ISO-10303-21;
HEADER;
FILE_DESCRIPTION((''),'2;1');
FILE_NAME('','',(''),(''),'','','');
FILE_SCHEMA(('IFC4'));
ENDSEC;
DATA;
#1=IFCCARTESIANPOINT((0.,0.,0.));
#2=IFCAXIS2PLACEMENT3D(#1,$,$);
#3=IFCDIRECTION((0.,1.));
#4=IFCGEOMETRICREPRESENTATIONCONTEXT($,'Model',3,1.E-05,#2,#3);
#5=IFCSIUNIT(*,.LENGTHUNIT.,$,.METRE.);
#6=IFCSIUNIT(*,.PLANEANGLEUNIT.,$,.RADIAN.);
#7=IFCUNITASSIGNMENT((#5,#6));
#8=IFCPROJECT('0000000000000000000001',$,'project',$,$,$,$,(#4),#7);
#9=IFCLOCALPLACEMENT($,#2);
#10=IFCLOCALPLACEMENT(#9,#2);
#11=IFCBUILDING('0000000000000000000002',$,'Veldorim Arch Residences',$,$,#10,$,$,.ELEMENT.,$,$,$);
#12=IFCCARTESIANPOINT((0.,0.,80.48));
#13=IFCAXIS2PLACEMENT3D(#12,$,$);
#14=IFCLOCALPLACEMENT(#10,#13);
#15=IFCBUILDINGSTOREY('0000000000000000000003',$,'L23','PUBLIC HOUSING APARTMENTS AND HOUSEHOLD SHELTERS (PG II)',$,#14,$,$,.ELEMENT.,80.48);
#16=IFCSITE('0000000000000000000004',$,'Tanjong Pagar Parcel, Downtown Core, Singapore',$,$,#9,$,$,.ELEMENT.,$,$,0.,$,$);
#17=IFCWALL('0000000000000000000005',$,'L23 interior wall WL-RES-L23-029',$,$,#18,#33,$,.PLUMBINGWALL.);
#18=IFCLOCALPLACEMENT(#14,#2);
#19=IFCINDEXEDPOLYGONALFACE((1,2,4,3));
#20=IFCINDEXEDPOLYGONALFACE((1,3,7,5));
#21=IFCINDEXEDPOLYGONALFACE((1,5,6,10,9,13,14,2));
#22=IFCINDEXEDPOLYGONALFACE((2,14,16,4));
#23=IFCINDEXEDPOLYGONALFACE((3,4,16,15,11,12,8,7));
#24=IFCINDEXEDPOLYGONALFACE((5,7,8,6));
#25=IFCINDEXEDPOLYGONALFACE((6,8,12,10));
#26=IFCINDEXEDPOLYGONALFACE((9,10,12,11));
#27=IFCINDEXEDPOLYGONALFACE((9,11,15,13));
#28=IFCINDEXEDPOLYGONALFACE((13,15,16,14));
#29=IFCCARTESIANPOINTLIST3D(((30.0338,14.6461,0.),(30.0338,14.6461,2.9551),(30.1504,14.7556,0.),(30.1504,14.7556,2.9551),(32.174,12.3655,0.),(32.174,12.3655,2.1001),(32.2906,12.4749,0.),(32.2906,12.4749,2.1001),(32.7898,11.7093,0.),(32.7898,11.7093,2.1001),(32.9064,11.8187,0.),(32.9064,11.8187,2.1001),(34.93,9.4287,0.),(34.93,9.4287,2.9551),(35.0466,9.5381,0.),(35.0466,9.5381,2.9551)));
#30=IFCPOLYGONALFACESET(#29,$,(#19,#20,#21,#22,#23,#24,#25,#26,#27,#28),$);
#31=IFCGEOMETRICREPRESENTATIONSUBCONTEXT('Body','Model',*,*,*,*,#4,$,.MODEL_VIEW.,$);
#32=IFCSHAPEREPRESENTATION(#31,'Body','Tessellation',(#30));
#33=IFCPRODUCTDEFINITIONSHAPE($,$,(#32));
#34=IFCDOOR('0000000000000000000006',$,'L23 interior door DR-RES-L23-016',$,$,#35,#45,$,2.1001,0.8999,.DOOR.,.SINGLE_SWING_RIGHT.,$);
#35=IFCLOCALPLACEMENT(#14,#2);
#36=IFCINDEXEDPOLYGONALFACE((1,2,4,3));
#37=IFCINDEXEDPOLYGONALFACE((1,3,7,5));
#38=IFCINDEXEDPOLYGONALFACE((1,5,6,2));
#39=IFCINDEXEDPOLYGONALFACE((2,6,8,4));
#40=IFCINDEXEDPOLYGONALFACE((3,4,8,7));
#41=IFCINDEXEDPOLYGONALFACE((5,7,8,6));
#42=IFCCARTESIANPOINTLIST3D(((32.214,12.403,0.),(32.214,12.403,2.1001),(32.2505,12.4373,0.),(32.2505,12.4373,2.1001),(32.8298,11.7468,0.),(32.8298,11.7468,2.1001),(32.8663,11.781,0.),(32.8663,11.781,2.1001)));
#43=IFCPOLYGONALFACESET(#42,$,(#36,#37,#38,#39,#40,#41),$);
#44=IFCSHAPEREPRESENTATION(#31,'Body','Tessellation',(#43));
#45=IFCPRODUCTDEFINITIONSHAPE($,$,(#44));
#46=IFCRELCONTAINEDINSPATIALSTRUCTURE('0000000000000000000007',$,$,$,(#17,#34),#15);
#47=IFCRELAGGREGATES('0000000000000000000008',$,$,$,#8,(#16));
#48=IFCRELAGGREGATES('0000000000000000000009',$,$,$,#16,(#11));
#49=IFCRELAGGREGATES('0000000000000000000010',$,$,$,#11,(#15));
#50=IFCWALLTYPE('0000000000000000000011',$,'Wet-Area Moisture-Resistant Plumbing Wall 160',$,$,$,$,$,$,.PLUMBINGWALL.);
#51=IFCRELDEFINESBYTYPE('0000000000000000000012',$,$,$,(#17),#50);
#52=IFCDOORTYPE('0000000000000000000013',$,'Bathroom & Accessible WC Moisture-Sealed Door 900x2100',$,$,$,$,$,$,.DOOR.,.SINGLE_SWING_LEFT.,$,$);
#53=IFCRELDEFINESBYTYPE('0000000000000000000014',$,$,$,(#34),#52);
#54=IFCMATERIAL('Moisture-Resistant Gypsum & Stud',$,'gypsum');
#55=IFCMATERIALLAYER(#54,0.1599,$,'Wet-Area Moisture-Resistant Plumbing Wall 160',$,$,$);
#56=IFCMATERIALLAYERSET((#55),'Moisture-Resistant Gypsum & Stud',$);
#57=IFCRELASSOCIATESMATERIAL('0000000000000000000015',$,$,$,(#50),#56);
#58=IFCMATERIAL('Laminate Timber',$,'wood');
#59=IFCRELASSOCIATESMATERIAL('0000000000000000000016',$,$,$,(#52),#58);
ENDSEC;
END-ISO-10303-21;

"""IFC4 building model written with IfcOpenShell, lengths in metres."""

from ifc_helpers import new_model, si_unit, direction, frame, frame_2d, origin, place, context, subcontext, project, spatial, rectangle, extrude, material, layer, layer_set, type_object, element, fill, save


model = new_model("IFC4")

# Units and contexts
model_context = context("Model", 3, precision=1e-05, world=origin(), true_north=direction((0.0, 1.0)))
body_context = subcontext(model_context, "Body", "Model", "MODEL_VIEW")
ifc_project = project(units=[si_unit("LENGTHUNIT", "METRE"), si_unit("PLANEANGLEUNIT", "RADIAN")], contexts=[model_context])

# Site, building, storey
site_placement = place(None, origin())
site = spatial("IfcSite", under=ifc_project, at=site_placement, Name="Tanjong Pagar Parcel, Downtown Core, Singapore", CompositionType="ELEMENT", RefElevation=0.0)
building_placement = place(site_placement, origin())
building = spatial("IfcBuilding", under=site, at=building_placement, Name="Veldorim Arch Residences", CompositionType="ELEMENT")
storey_placement = place(building_placement, frame((0.0, 0.0, 80.48)))
storey = spatial("IfcBuildingStorey", under=building, at=storey_placement, Name="L23", Description="PUBLIC HOUSING APARTMENTS AND HOUSEHOLD SHELTERS (PG II)", CompositionType="ELEMENT", Elevation=80.48)

# Wall, opening, door
ifc_material_1 = material(Name="Moisture-Resistant Gypsum & Stud", Category="gypsum")
ifc_layer_1 = layer(ifc_material_1, 0.1599, Name="Wet-Area Moisture-Resistant Plumbing Wall 160")
ifc_layer_set_1 = layer_set([ifc_layer_1], Name="Moisture-Resistant Gypsum & Stud")
wall_type_1 = type_object("IfcWallType", Name="Wet-Area Moisture-Resistant Plumbing Wall 160", PredefinedType="PLUMBINGWALL", material=ifc_layer_set_1)
wall_1_placement = place(storey_placement, frame((30.092, 14.7009, 0.0), z_axis=(0.0, 0.0, 1.0), x_axis=(0.684299, -0.729202, 0.0)))
wall_1 = element("IfcWall", 1, at=wall_1_placement, inside=storey, type_object=wall_type_1, Name="L23 interior wall WL-RES-L23-029", PredefinedType="PLUMBINGWALL", context=body_context, shape_type="SweptSolid", body=[
    extrude(rectangle(XDim=7.155, YDim=0.1599, at=frame_2d((3.5776, 0.0))), origin(), (0.0, 0.0, 1.0), 2.9551),
])
opening_1_placement = place(wall_1_placement, frame((3.1277, 0.0, 0.0)))
opening_1 = element("IfcOpeningElement", 2, at=opening_1_placement, cuts=wall_1, PredefinedType="OPENING", context=body_context, shape_type="SweptSolid", body=[
    extrude(rectangle(XDim=0.8999, YDim=2.1001, at=frame_2d((0.45, 1.05))), frame((0.0, 0.0898, 0.0), z_axis=(0.0, -1.0, 0.0), x_axis=(1.0, 0.0, 0.0)), (0.0, 0.0, 1.0), 0.1799),
])
ifc_material_2 = material(Name="Laminate Timber", Category="wood")
door_type_1 = type_object("IfcDoorType", Name="Bathroom & Accessible WC Moisture-Sealed Door 900x2100", OperationType="SINGLE_SWING_LEFT", PredefinedType="DOOR", material=ifc_material_2)
door_1_placement = place(opening_1_placement, origin())
door_1 = element("IfcDoor", 3, at=door_1_placement, inside=storey, type_object=door_type_1, Name="L23 interior door DR-RES-L23-016", OperationType="SINGLE_SWING_RIGHT", OverallHeight=2.1001, OverallWidth=0.8999, PredefinedType="DOOR", context=body_context, shape_type="SweptSolid", body=[
    extrude(rectangle(XDim=0.8999, YDim=2.1001, at=frame_2d((0.45, 1.05))), frame((0.0, 0.0249, 0.0), z_axis=(0.0, -1.0, 0.0), x_axis=(1.0, 0.0, 0.0)), (0.0, 0.0, 1.0), 0.05),
])
fill(opening_1, door_1)

save(model, "model.ifc")
